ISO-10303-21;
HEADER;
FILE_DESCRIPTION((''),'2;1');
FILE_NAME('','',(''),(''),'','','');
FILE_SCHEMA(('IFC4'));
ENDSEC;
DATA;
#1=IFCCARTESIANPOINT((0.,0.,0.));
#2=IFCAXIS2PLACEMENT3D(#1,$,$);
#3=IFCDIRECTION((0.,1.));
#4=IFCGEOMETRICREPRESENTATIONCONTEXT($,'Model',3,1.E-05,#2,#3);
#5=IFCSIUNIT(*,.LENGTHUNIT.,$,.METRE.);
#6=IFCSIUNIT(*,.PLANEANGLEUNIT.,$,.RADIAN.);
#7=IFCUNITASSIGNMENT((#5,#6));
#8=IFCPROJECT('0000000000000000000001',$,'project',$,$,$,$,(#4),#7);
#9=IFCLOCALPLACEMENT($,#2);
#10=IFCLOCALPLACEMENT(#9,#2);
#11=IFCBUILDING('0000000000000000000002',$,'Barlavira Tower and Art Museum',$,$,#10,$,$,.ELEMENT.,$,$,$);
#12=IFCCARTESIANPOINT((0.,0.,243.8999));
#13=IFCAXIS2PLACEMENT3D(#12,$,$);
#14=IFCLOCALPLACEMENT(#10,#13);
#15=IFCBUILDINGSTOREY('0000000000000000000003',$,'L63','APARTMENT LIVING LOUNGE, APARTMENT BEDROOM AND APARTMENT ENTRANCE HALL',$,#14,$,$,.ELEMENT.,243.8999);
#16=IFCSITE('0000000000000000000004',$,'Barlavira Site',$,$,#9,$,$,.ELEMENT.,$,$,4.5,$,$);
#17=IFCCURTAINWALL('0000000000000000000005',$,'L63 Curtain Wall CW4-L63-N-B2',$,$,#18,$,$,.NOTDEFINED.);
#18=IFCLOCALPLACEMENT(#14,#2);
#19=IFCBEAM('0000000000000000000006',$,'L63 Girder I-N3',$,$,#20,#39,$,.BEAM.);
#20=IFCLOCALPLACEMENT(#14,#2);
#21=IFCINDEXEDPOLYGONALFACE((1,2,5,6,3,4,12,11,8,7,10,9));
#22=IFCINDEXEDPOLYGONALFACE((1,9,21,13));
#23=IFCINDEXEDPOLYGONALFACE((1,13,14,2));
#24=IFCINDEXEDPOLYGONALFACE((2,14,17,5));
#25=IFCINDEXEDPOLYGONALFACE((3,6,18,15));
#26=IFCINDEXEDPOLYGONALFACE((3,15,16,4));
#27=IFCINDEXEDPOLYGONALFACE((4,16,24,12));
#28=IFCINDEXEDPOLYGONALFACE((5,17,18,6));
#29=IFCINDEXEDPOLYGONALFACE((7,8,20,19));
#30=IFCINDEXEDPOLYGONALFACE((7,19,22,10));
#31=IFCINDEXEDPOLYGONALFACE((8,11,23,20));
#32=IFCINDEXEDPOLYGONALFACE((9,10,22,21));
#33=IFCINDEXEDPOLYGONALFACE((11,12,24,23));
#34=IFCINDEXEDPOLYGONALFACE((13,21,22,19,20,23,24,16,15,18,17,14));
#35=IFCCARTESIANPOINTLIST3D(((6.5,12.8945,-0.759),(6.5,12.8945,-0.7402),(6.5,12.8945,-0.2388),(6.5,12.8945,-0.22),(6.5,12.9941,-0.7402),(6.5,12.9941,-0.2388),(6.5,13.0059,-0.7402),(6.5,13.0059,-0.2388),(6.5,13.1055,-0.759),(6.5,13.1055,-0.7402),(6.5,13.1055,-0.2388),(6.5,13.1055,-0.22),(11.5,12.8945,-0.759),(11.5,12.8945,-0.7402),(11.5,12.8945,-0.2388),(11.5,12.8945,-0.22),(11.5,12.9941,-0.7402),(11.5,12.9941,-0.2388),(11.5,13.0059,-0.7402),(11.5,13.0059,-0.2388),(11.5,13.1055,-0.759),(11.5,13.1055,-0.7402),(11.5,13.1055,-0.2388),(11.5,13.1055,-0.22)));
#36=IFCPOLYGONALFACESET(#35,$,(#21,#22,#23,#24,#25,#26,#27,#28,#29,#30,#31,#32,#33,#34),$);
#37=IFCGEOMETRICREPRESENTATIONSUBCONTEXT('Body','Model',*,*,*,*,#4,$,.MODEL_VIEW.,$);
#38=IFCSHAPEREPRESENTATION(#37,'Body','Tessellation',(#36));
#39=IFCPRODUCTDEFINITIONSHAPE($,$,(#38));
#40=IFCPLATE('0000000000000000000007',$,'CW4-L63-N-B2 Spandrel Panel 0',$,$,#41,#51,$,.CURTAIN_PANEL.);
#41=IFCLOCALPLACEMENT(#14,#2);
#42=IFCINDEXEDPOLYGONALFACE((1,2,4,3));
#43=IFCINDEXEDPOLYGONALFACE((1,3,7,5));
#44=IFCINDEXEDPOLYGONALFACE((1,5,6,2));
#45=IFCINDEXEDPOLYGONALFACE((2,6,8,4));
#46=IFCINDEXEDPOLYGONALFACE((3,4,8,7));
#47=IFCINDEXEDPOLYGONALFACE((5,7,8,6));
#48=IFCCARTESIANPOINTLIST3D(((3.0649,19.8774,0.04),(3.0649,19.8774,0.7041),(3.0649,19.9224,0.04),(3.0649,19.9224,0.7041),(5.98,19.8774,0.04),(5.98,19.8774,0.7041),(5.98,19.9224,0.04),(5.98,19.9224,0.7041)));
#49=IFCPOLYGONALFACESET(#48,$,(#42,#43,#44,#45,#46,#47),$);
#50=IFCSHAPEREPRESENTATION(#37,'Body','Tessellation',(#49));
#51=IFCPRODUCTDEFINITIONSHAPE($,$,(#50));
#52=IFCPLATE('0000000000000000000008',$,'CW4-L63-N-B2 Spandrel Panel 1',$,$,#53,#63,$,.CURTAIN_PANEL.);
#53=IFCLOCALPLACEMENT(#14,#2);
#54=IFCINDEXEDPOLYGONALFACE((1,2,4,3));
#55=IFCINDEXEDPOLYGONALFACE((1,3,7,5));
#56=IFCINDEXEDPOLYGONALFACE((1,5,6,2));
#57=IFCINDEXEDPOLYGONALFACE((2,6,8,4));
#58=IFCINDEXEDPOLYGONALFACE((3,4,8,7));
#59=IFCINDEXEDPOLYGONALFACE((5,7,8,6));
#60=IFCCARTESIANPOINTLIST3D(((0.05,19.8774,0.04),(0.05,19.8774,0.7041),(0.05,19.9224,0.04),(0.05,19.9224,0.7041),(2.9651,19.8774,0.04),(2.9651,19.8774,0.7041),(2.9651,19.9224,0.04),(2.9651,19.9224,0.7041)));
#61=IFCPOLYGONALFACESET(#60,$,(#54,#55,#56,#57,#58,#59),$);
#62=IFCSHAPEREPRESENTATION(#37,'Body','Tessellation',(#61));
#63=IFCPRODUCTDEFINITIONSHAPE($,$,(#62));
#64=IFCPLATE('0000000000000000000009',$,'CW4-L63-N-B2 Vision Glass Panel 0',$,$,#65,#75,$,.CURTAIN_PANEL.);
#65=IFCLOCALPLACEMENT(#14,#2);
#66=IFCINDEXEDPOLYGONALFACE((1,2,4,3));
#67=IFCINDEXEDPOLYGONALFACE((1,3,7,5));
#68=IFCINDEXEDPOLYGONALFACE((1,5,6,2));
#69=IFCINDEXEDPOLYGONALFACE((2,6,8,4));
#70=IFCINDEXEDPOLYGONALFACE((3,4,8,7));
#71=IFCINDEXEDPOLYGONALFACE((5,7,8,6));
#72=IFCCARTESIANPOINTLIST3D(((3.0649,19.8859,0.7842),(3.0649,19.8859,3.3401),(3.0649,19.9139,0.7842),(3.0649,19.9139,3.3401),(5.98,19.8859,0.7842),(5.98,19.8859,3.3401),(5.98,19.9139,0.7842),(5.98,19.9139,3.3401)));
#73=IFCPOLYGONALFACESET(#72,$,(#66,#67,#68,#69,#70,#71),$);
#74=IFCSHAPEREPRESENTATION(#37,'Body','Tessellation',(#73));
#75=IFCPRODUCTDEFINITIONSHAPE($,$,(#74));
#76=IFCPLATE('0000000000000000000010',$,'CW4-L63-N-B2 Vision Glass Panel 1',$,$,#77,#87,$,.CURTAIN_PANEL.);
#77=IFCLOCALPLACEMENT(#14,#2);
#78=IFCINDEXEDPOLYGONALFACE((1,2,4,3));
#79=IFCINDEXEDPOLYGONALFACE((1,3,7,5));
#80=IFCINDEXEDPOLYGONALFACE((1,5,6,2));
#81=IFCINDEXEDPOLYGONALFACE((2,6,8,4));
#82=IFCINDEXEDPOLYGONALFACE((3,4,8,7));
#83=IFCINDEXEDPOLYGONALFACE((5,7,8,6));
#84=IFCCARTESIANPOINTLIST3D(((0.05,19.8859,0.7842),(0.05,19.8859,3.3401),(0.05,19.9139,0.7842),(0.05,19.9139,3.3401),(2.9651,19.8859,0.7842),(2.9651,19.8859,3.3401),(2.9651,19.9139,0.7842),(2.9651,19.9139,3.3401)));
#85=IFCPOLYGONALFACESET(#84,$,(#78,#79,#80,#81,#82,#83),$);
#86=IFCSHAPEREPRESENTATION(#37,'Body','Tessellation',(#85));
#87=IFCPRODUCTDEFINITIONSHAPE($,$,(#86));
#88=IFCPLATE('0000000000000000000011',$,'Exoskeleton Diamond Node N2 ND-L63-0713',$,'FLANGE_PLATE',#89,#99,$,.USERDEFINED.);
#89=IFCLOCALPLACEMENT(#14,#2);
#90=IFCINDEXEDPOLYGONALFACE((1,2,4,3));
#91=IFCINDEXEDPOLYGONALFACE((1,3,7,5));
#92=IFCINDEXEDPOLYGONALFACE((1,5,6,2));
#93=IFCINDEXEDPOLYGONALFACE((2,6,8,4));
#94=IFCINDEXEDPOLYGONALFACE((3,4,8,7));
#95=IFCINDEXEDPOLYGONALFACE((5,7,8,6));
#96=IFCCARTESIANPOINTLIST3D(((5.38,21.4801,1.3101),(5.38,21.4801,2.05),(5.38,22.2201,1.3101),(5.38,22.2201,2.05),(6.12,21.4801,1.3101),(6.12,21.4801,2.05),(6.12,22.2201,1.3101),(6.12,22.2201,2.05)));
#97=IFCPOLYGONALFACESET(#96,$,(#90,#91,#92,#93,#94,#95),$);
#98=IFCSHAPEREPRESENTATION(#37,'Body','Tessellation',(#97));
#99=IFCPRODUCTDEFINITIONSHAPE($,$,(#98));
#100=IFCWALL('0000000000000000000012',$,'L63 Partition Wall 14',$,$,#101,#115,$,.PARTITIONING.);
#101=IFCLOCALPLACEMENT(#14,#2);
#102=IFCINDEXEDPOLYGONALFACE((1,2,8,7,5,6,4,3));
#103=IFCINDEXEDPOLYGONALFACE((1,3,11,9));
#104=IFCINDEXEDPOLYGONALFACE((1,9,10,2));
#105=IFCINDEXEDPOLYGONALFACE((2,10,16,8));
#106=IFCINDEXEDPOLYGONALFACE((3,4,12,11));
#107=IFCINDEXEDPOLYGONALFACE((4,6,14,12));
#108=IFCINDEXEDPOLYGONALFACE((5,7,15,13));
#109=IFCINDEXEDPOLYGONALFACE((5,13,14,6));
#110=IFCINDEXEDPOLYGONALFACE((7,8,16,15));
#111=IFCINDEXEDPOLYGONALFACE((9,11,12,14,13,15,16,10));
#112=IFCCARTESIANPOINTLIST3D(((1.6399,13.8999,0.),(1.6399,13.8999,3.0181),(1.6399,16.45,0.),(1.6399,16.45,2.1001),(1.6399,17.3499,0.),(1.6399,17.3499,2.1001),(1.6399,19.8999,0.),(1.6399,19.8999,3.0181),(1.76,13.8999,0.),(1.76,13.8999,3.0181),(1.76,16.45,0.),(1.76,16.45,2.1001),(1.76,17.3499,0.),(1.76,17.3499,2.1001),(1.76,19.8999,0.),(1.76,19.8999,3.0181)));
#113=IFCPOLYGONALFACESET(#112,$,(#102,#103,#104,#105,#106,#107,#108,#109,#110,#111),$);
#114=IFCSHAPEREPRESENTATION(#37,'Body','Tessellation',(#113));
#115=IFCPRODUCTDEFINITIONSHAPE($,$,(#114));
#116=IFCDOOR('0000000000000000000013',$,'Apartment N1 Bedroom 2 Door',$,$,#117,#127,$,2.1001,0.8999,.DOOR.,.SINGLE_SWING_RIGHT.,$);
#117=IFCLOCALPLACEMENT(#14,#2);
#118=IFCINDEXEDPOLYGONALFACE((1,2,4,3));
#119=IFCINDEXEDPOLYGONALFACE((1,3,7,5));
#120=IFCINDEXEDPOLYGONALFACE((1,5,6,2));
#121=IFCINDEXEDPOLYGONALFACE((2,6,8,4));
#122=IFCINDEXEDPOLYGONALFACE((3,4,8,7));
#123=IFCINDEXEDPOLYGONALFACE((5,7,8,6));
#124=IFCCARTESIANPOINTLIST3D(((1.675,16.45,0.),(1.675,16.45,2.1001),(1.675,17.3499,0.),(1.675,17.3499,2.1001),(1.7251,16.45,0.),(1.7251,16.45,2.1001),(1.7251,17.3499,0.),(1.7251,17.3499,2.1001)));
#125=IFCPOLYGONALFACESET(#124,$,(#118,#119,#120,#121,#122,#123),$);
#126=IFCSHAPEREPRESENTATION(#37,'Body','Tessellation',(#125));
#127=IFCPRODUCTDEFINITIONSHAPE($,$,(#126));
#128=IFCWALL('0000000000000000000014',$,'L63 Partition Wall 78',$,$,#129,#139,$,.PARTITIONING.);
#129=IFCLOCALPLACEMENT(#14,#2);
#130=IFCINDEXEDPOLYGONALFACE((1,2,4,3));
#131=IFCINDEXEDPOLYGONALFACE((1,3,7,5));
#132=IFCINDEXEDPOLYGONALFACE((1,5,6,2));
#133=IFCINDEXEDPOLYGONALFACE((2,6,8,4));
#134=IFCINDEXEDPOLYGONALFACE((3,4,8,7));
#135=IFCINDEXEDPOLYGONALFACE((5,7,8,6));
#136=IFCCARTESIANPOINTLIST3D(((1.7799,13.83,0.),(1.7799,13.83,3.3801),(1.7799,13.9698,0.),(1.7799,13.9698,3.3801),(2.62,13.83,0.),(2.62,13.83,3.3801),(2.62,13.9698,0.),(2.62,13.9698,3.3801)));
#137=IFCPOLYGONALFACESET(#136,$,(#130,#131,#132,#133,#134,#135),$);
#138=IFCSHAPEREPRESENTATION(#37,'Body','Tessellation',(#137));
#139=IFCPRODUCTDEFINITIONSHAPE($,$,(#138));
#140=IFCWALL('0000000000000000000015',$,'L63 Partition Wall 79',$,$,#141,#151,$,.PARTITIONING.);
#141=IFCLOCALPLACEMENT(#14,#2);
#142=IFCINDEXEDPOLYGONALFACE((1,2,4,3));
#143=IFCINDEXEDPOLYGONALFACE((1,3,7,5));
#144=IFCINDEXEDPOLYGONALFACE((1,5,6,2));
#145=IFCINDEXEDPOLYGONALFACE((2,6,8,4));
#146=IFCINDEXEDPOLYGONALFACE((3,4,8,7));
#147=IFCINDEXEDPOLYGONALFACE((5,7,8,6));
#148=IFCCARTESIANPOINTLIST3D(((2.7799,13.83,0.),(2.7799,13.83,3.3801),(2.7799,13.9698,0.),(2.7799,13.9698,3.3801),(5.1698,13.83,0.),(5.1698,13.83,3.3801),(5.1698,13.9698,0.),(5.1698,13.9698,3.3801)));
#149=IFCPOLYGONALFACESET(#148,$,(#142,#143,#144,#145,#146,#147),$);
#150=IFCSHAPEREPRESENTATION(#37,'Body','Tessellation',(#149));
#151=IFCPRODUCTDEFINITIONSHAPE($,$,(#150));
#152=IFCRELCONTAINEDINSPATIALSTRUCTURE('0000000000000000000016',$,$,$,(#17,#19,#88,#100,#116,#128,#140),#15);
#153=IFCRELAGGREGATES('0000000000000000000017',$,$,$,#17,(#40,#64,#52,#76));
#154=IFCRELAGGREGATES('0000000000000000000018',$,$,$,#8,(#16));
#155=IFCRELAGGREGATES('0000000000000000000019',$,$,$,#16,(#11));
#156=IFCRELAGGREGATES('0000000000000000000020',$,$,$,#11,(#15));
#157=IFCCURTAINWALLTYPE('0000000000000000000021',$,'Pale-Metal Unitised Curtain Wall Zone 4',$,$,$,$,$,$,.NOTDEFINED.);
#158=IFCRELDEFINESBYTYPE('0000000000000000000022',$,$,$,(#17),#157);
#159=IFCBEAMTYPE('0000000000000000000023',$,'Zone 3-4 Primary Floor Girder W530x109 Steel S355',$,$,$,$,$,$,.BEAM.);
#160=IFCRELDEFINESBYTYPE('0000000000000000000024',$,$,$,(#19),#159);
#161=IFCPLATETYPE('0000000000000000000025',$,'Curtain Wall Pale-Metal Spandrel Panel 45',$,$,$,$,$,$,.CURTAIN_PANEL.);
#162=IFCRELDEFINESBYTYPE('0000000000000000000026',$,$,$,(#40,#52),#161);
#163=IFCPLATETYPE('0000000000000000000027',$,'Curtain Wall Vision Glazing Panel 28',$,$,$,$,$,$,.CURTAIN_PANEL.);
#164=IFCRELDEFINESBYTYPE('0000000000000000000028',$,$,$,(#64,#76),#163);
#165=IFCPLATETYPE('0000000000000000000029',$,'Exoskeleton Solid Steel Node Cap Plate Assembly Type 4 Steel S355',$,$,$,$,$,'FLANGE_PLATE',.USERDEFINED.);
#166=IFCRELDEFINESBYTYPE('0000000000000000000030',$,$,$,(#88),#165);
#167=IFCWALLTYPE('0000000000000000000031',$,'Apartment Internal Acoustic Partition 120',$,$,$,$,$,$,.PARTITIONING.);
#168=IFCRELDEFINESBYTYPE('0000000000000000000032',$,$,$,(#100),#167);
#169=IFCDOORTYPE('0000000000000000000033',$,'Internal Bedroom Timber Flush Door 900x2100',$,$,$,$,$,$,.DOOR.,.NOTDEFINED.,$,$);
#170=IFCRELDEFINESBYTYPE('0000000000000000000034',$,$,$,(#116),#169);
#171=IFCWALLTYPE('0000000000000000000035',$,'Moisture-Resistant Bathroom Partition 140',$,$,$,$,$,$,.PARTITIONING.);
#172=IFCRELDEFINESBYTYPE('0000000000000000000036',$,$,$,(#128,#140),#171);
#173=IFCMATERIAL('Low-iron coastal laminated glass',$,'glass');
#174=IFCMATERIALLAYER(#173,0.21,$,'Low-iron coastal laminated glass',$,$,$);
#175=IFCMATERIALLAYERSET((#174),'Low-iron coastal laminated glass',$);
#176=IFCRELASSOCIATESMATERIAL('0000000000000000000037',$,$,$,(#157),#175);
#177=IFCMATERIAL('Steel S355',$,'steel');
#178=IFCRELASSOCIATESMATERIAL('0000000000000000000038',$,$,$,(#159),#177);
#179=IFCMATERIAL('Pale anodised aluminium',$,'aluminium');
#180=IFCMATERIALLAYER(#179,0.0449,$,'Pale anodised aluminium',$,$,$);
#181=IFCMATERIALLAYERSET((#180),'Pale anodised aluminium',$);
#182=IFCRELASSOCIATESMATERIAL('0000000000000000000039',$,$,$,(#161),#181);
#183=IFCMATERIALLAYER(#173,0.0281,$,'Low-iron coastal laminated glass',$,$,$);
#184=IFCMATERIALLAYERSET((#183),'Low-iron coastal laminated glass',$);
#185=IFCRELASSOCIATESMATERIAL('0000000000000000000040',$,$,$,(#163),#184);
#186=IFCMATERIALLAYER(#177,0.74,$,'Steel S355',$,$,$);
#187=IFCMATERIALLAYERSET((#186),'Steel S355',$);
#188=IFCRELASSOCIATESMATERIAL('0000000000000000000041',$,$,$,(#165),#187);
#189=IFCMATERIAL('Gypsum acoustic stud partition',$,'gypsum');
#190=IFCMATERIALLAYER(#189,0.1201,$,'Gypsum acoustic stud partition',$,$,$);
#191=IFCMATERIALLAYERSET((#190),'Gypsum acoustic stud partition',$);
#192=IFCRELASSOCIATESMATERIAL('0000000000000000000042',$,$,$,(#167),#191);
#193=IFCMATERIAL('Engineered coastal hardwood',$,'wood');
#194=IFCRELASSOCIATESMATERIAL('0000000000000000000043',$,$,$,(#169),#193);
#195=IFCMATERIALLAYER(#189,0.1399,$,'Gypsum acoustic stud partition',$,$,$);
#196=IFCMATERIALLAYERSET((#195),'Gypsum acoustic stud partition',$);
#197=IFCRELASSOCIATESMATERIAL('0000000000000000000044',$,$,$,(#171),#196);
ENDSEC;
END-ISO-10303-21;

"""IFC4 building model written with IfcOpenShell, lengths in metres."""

from ifc_helpers import new_model, si_unit, direction, frame, frame_2d, origin, origin_2d, place, context, subcontext, project, spatial, rectangle, i_section, extrude, material, layer, layer_set, material_profile, profile_set, type_object, element, fill, aggregate, save


model = new_model("IFC4")

# Units and contexts
model_context = context("Model", 3, precision=1e-05, world=origin(), true_north=direction((0.0, 1.0)))
body_context = subcontext(model_context, "Body", "Model", "MODEL_VIEW")
ifc_project = project(units=[si_unit("LENGTHUNIT", "METRE"), si_unit("PLANEANGLEUNIT", "RADIAN")], contexts=[model_context])

# Site, building, storey
site_placement = place(None, origin())
site = spatial("IfcSite", under=ifc_project, at=site_placement, Name="Barlavira Site", CompositionType="ELEMENT", RefElevation=4.5)
building_placement = place(site_placement, origin())
building = spatial("IfcBuilding", under=site, at=building_placement, Name="Barlavira Tower and Art Museum", CompositionType="ELEMENT")
storey_placement = place(building_placement, frame((0.0, 0.0, 243.8999)))
storey = spatial("IfcBuildingStorey", under=building, at=storey_placement, Name="L63", Description="APARTMENT LIVING LOUNGE, APARTMENT BEDROOM AND APARTMENT ENTRANCE HALL", CompositionType="ELEMENT", Elevation=243.8999)

# Curtain wall
ifc_material_1 = material(Name="Low-iron coastal laminated glass", Category="glass")
ifc_layer_1 = layer(ifc_material_1, 0.21, Name="Low-iron coastal laminated glass")
ifc_layer_set_1 = layer_set([ifc_layer_1], Name="Low-iron coastal laminated glass")
curtain_wall_type = type_object("IfcCurtainWallType", Name="Pale-Metal Unitised Curtain Wall Zone 4", PredefinedType="NOTDEFINED", material=ifc_layer_set_1)
curtain_wall_placement = place(storey_placement, origin())
curtain_wall = element("IfcCurtainWall", 1, at=curtain_wall_placement, inside=storey, type_object=curtain_wall_type, Name="L63 Curtain Wall CW4-L63-N-B2", PredefinedType="NOTDEFINED")
ifc_material_2 = material(Name="Pale anodised aluminium", Category="aluminium")

# Beam
ifc_material_3 = material(Name="Steel S355", Category="steel")
ifc_material_profile_1 = material_profile(ifc_material_3, i_section(OverallWidth=0.2109, OverallDepth=0.5391, WebThickness=0.0117, FlangeThickness=0.0188, at=origin_2d()), Name="W530x109.0")
ifc_profile_set_1 = profile_set([ifc_material_profile_1], Name="Steel S355")
beam_type = type_object("IfcBeamType", Name="Zone 3-4 Primary Floor Girder W530x109 Steel S355", PredefinedType="BEAM", material=ifc_profile_set_1)
beam_placement = place(storey_placement, frame((6.5, 13.0, -0.4895), z_axis=(1.0, 0.0, 0.0), x_axis=(0.0, 1.0, 0.0)))
element("IfcBeam", 2, at=beam_placement, inside=storey, type_object=beam_type, Name="L63 Girder I-N3", PredefinedType="BEAM", context=body_context, shape_type="SweptSolid", body=[
    extrude(i_section(OverallWidth=0.2109, OverallDepth=0.5391, WebThickness=0.0117, FlangeThickness=0.0188, at=origin_2d()), origin(), (0.0, 0.0, 1.0), 5.0),
])

# Plates
ifc_layer_2 = layer(ifc_material_2, 0.0449, Name="Pale anodised aluminium")
ifc_layer_set_2 = layer_set([ifc_layer_2], Name="Pale anodised aluminium")
plate_type_1 = type_object("IfcPlateType", Name="Curtain Wall Pale-Metal Spandrel Panel 45", PredefinedType="CURTAIN_PANEL", material=ifc_layer_set_2)
plate_1_placement = place(storey_placement, frame((4.5225, 19.8999, 0.04), z_axis=(0.0, 0.0, 1.0), x_axis=(-1.0, 0.0, 0.0)))
plate_1 = element("IfcPlate", 3, at=plate_1_placement, type_object=plate_type_1, Name="CW4-L63-N-B2 Spandrel Panel 0", PredefinedType="CURTAIN_PANEL", context=body_context, shape_type="SweptSolid", body=[
    extrude(rectangle(XDim=2.915, YDim=0.0449, at=origin_2d()), origin(), (0.0, 0.0, 1.0), 0.6641),
])
plate_2_placement = place(storey_placement, frame((1.5076, 19.8999, 0.04), z_axis=(0.0, 0.0, 1.0), x_axis=(-1.0, 0.0, 0.0)))
plate_2 = element("IfcPlate", 4, at=plate_2_placement, type_object=plate_type_1, Name="CW4-L63-N-B2 Spandrel Panel 1", PredefinedType="CURTAIN_PANEL", context=body_context, shape_type="SweptSolid", body=[
    extrude(rectangle(XDim=2.915, YDim=0.0449, at=origin_2d()), origin(), (0.0, 0.0, 1.0), 0.6641),
])
ifc_layer_3 = layer(ifc_material_1, 0.0281, Name="Low-iron coastal laminated glass")
ifc_layer_set_3 = layer_set([ifc_layer_3], Name="Low-iron coastal laminated glass")
plate_type_2 = type_object("IfcPlateType", Name="Curtain Wall Vision Glazing Panel 28", PredefinedType="CURTAIN_PANEL", material=ifc_layer_set_3)
plate_3_placement = place(storey_placement, frame((4.5225, 19.8999, 0.7842), z_axis=(0.0, 0.0, 1.0), x_axis=(-1.0, 0.0, 0.0)))
plate_3 = element("IfcPlate", 5, at=plate_3_placement, type_object=plate_type_2, Name="CW4-L63-N-B2 Vision Glass Panel 0", PredefinedType="CURTAIN_PANEL", context=body_context, shape_type="SweptSolid", body=[
    extrude(rectangle(XDim=2.915, YDim=0.0281, at=origin_2d()), origin(), (0.0, 0.0, 1.0), 2.5559),
])
plate_4_placement = place(storey_placement, frame((1.5076, 19.8999, 0.7842), z_axis=(0.0, 0.0, 1.0), x_axis=(-1.0, 0.0, 0.0)))
plate_4 = element("IfcPlate", 6, at=plate_4_placement, type_object=plate_type_2, Name="CW4-L63-N-B2 Vision Glass Panel 1", PredefinedType="CURTAIN_PANEL", context=body_context, shape_type="SweptSolid", body=[
    extrude(rectangle(XDim=2.915, YDim=0.0281, at=origin_2d()), origin(), (0.0, 0.0, 1.0), 2.5559),
])
aggregate(curtain_wall, [plate_1, plate_3, plate_2, plate_4])
ifc_layer_4 = layer(ifc_material_3, 0.74, Name="Steel S355")
ifc_layer_set_4 = layer_set([ifc_layer_4], Name="Steel S355")
plate_type_3 = type_object("IfcPlateType", Name="Exoskeleton Solid Steel Node Cap Plate Assembly Type 4 Steel S355", ElementType="FLANGE_PLATE", PredefinedType="USERDEFINED", material=ifc_layer_set_4)
plate_5_placement = place(storey_placement, frame((5.75, 21.8501, 1.3101), z_axis=(0.0, 0.0, 1.0), x_axis=(1.0, 0.0, 0.0)))
element("IfcPlate", 7, at=plate_5_placement, inside=storey, type_object=plate_type_3, Name="Exoskeleton Diamond Node N2 ND-L63-0713", ObjectType="FLANGE_PLATE", PredefinedType="USERDEFINED", context=body_context, shape_type="SweptSolid", body=[
    extrude(rectangle(XDim=0.74, YDim=0.74, at=origin_2d()), origin(), (0.0, 0.0, 1.0), 0.74),
])

# Wall, opening, door
ifc_material_4 = material(Name="Gypsum acoustic stud partition", Category="gypsum")
ifc_layer_5 = layer(ifc_material_4, 0.1201, Name="Gypsum acoustic stud partition")
ifc_layer_set_5 = layer_set([ifc_layer_5], Name="Gypsum acoustic stud partition")
wall_type_1 = type_object("IfcWallType", Name="Apartment Internal Acoustic Partition 120", PredefinedType="PARTITIONING", material=ifc_layer_set_5)
wall_1_placement = place(storey_placement, frame((1.7, 13.8999, 0.0), z_axis=(0.0, 0.0, 1.0), x_axis=(0.0, 1.0, 0.0)))
wall_1 = element("IfcWall", 8, at=wall_1_placement, inside=storey, type_object=wall_type_1, Name="L63 Partition Wall 14", PredefinedType="PARTITIONING", context=body_context, shape_type="SweptSolid", body=[
    extrude(rectangle(XDim=6.0, YDim=0.1201, at=frame_2d((3.0, 0.0))), origin(), (0.0, 0.0, 1.0), 3.0181),
])
opening_1_placement = place(wall_1_placement, frame((2.55, 0.0, 0.0)))
opening_1 = element("IfcOpeningElement", 9, at=opening_1_placement, cuts=wall_1, PredefinedType="OPENING", context=body_context, shape_type="SweptSolid", body=[
    extrude(rectangle(XDim=0.8999, YDim=2.1001, at=frame_2d((0.45, 1.05))), frame((0.0, 0.0701, 0.0), z_axis=(0.0, -1.0, 0.0), x_axis=(1.0, 0.0, 0.0)), (0.0, 0.0, 1.0), 0.1401),
])
ifc_material_5 = material(Name="Engineered coastal hardwood", Category="wood")
door_type_1 = type_object("IfcDoorType", Name="Internal Bedroom Timber Flush Door 900x2100", OperationType="NOTDEFINED", PredefinedType="DOOR", material=ifc_material_5)
door_1_placement = place(opening_1_placement, origin())
door_1 = element("IfcDoor", 10, at=door_1_placement, inside=storey, type_object=door_type_1, Name="Apartment N1 Bedroom 2 Door", OperationType="SINGLE_SWING_RIGHT", OverallHeight=2.1001, OverallWidth=0.8999, PredefinedType="DOOR", context=body_context, shape_type="SweptSolid", body=[
    extrude(rectangle(XDim=0.8999, YDim=2.1001, at=frame_2d((0.45, 1.05))), frame((0.0, 0.0249, 0.0), z_axis=(0.0, -1.0, 0.0), x_axis=(1.0, 0.0, 0.0)), (0.0, 0.0, 1.0), 0.05),
])
fill(opening_1, door_1)

# Walls
ifc_layer_6 = layer(ifc_material_4, 0.1399, Name="Gypsum acoustic stud partition")
ifc_layer_set_6 = layer_set([ifc_layer_6], Name="Gypsum acoustic stud partition")
wall_type_2 = type_object("IfcWallType", Name="Moisture-Resistant Bathroom Partition 140", PredefinedType="PARTITIONING", material=ifc_layer_set_6)
wall_2_placement = place(storey_placement, frame((1.78, 13.8999, 0.0), z_axis=(0.0, 0.0, 1.0), x_axis=(1.0, 0.0, 0.0)))
element("IfcWall", 11, at=wall_2_placement, inside=storey, type_object=wall_type_2, Name="L63 Partition Wall 78", PredefinedType="PARTITIONING", context=body_context, shape_type="SweptSolid", body=[
    extrude(rectangle(XDim=0.8401, YDim=0.1399, at=frame_2d((0.4199, 0.0))), origin(), (0.0, 0.0, 1.0), 3.3801),
])
wall_3_placement = place(storey_placement, frame((2.78, 13.8999, 0.0), z_axis=(0.0, 0.0, 1.0), x_axis=(1.0, 0.0, 0.0)))
element("IfcWall", 12, at=wall_3_placement, inside=storey, type_object=wall_type_2, Name="L63 Partition Wall 79", PredefinedType="PARTITIONING", context=body_context, shape_type="SweptSolid", body=[
    extrude(rectangle(XDim=2.3899, YDim=0.1399, at=frame_2d((1.1948, 0.0))), origin(), (0.0, 0.0, 1.0), 3.3801),
])

save(model, "model.ifc")
